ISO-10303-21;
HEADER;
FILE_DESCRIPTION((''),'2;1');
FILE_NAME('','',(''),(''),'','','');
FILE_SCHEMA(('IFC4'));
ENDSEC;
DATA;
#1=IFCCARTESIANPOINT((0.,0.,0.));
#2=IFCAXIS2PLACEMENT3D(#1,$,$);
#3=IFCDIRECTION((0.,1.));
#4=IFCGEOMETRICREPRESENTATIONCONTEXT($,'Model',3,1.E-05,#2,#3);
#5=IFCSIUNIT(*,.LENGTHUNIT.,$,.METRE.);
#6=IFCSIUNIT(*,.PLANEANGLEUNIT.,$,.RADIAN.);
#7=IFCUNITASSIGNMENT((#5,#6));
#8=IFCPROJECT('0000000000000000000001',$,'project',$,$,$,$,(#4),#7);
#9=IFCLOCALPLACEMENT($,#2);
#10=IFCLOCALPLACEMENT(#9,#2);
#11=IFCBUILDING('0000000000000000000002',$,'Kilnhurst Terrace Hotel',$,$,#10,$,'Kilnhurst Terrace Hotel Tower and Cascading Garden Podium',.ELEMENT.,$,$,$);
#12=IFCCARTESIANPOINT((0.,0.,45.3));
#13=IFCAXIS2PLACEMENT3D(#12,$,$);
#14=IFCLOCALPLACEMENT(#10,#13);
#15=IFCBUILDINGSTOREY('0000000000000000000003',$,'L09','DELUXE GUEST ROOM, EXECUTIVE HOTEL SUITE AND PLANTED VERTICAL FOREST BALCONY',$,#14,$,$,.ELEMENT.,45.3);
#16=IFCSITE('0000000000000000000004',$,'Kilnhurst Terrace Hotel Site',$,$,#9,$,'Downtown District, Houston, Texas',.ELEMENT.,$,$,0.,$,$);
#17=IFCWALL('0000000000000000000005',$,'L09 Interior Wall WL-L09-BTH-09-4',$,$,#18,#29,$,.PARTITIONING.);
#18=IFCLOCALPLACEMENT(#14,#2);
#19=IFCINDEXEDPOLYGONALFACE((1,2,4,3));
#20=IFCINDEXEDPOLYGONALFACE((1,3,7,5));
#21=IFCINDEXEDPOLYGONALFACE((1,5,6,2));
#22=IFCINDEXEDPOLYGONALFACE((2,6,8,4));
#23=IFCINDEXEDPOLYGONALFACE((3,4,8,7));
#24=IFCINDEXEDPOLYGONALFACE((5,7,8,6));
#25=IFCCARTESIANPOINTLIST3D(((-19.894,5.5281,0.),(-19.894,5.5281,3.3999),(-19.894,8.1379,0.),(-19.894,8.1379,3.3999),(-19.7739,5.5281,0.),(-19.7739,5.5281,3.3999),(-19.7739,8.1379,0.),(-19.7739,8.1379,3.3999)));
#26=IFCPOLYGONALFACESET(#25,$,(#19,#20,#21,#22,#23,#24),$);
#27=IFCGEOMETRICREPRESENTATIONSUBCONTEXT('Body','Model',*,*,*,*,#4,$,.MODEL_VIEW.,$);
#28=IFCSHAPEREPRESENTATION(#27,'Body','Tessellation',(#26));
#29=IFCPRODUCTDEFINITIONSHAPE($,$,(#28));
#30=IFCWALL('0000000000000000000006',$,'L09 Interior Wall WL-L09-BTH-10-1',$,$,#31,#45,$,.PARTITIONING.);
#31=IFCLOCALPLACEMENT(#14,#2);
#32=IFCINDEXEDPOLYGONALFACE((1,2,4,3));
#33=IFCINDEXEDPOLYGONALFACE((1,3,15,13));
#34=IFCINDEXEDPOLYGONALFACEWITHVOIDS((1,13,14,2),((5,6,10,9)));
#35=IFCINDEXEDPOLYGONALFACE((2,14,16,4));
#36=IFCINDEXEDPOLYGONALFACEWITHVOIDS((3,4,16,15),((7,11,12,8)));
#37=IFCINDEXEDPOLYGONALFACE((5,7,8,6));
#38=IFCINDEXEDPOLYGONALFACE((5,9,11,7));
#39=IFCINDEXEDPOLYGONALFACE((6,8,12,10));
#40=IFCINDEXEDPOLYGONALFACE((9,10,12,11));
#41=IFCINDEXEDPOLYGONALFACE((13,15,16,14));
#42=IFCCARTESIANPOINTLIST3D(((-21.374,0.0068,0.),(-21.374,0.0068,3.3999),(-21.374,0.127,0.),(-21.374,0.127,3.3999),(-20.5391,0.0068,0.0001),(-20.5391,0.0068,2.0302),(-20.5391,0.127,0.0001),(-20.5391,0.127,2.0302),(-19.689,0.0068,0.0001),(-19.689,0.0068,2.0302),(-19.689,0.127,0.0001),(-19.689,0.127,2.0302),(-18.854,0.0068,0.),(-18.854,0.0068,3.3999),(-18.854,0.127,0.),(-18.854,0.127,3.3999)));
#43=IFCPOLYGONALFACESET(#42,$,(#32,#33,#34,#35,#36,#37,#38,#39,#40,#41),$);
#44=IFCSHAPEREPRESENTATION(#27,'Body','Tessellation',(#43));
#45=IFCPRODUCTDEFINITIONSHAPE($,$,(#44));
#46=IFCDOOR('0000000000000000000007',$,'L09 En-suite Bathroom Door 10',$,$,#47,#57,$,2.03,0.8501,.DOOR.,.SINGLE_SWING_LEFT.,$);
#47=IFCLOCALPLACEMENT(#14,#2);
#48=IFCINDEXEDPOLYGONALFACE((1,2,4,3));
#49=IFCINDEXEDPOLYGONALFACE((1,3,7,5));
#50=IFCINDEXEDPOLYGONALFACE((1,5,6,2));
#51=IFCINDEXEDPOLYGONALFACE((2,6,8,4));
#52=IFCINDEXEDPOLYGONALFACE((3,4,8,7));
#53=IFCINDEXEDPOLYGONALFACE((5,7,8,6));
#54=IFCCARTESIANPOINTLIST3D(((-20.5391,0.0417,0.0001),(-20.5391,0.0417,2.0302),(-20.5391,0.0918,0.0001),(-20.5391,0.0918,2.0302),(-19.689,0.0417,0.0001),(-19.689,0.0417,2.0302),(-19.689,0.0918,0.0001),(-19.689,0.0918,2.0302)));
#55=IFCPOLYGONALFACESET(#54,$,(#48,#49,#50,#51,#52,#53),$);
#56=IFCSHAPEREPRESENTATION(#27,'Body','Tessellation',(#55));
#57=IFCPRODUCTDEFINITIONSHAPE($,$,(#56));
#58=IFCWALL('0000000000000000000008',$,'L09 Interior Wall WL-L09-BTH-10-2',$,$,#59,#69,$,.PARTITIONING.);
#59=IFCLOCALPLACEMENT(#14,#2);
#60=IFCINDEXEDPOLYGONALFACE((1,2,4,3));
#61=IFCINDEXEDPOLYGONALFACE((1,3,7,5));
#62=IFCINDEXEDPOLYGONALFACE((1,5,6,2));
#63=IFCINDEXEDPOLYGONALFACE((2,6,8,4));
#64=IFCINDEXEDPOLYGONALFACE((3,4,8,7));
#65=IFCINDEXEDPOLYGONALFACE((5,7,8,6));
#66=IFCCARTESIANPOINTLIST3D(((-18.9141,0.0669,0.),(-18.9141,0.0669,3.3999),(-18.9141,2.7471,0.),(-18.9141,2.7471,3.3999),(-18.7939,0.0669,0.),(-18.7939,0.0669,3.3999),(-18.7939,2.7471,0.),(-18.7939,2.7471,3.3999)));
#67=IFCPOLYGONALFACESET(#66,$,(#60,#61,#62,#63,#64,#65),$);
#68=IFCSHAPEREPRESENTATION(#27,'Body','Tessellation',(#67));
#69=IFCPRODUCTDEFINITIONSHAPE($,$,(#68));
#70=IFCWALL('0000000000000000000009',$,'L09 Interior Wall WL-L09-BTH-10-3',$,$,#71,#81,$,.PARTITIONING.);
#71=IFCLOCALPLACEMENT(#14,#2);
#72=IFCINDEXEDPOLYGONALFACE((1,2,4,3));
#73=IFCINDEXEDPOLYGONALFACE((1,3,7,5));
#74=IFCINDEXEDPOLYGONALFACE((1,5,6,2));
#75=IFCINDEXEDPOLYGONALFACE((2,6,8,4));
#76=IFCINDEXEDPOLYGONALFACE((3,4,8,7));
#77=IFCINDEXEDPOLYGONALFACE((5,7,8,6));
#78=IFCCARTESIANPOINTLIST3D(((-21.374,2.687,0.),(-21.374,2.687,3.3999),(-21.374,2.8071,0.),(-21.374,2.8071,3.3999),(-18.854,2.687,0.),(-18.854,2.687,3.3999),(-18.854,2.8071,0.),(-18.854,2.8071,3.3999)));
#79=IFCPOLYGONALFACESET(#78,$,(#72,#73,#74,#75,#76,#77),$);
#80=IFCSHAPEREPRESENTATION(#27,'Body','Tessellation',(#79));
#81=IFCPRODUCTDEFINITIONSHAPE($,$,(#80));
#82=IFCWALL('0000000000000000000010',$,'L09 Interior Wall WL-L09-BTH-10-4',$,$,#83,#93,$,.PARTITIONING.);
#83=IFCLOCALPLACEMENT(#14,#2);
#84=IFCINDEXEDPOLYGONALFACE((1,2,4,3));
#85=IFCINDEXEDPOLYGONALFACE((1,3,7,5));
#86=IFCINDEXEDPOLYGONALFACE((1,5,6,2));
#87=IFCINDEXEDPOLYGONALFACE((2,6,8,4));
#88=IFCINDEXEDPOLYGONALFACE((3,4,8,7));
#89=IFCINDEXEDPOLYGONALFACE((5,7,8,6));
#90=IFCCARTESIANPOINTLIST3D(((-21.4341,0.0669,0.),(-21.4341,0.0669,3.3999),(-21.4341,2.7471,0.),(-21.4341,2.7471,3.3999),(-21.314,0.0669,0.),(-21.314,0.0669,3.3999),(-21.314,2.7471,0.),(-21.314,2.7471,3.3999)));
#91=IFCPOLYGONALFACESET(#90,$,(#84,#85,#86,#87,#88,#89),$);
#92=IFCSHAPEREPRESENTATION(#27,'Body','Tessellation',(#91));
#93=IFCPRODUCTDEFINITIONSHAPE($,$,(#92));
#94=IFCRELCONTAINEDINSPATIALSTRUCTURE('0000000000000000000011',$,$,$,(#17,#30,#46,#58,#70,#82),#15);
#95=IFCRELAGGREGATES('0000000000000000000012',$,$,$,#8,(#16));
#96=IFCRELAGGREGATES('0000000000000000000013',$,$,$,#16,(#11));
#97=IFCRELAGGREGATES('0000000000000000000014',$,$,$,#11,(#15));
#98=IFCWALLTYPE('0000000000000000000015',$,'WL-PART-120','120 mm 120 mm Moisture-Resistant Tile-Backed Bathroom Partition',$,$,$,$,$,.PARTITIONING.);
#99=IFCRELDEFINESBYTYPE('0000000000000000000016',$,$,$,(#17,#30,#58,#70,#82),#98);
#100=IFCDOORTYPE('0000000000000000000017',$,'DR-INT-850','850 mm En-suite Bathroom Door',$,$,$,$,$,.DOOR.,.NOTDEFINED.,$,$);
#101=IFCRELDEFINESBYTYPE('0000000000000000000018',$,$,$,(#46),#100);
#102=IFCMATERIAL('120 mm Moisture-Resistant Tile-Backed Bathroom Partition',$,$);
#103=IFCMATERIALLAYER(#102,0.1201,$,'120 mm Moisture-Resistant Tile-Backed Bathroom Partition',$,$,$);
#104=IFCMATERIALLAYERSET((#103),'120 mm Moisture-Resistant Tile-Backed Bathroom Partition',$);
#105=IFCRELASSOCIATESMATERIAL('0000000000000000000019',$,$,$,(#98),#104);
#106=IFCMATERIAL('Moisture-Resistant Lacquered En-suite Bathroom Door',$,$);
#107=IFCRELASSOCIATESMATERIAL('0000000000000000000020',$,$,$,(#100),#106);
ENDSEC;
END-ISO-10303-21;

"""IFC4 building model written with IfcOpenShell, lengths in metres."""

from ifc_helpers import new_model, si_unit, direction, frame, frame_2d, origin, place, context, subcontext, project, spatial, rectangle, extrude, material, layer, layer_set, type_object, element, fill, save


model = new_model("IFC4")

# Units and contexts
model_context = context("Model", 3, precision=1e-05, world=origin(), true_north=direction((0.0, 1.0)))
body_context = subcontext(model_context, "Body", "Model", "MODEL_VIEW")
ifc_project = project(units=[si_unit("LENGTHUNIT", "METRE"), si_unit("PLANEANGLEUNIT", "RADIAN")], contexts=[model_context])

# Site, building, storey
site_placement = place(None, origin())
site = spatial("IfcSite", under=ifc_project, at=site_placement, Name="Kilnhurst Terrace Hotel Site", LongName="Downtown District, Houston, Texas", CompositionType="ELEMENT", RefElevation=0.0)
building_placement = place(site_placement, origin())
building = spatial("IfcBuilding", under=site, at=building_placement, Name="Kilnhurst Terrace Hotel", LongName="Kilnhurst Terrace Hotel Tower and Cascading Garden Podium", CompositionType="ELEMENT")
storey_placement = place(building_placement, frame((0.0, 0.0, 45.3)))
storey = spatial("IfcBuildingStorey", under=building, at=storey_placement, Name="L09", Description="DELUXE GUEST ROOM, EXECUTIVE HOTEL SUITE AND PLANTED VERTICAL FOREST BALCONY", CompositionType="ELEMENT", Elevation=45.3)

# Shared definitions
ifc_material_1 = material(Name="120 mm Moisture-Resistant Tile-Backed Bathroom Partition")
ifc_layer_1 = layer(ifc_material_1, 0.1201, Name="120 mm Moisture-Resistant Tile-Backed Bathroom Partition")
ifc_layer_set_1 = layer_set([ifc_layer_1], Name="120 mm Moisture-Resistant Tile-Backed Bathroom Partition")
wall_type_1 = type_object("IfcWallType", Name="WL-PART-120", Description="120 mm 120 mm Moisture-Resistant Tile-Backed Bathroom Partition", PredefinedType="PARTITIONING", material=ifc_layer_set_1)
ifc_material_2 = material(Name="Moisture-Resistant Lacquered En-suite Bathroom Door")
door_type = type_object("IfcDoorType", Name="DR-INT-850", Description="850 mm En-suite Bathroom Door", OperationType="NOTDEFINED", PredefinedType="DOOR", material=ifc_material_2)

# Wall
wall_1_placement = place(storey_placement, frame((-19.834, 8.1379, 0.0), z_axis=(0.0, 0.0, 1.0), x_axis=(0.0, -1.0, 0.0)))
element("IfcWall", 1, at=wall_1_placement, inside=storey, type_object=wall_type_1, Name="L09 Interior Wall WL-L09-BTH-09-4", PredefinedType="PARTITIONING", context=body_context, shape_type="SweptSolid", body=[
    extrude(rectangle(XDim=2.6099, YDim=0.1201, at=frame_2d((1.3049, 0.0))), origin(), (0.0, 0.0, 1.0), 3.3999),
])

# Wall, opening, door
wall_2_placement = place(storey_placement, frame((-21.374, 0.0669, 0.0), z_axis=(0.0, 0.0, 1.0), x_axis=(1.0, 0.0, 0.0)))
wall_2 = element("IfcWall", 2, at=wall_2_placement, inside=storey, type_object=wall_type_1, Name="L09 Interior Wall WL-L09-BTH-10-1", PredefinedType="PARTITIONING", context=body_context, shape_type="SweptSolid", body=[
    extrude(rectangle(XDim=2.52, YDim=0.1201, at=frame_2d((1.26, 0.0))), origin(), (0.0, 0.0, 1.0), 3.3999),
])
opening_1_placement = place(wall_2_placement, frame((0.835, 0.0, 0.0)))
opening_1 = element("IfcOpeningElement", 3, at=opening_1_placement, cuts=wall_2, PredefinedType="OPENING", context=body_context, shape_type="SweptSolid", body=[
    extrude(rectangle(XDim=0.8501, YDim=2.03, at=frame_2d((0.425, 1.0151))), frame((0.0, 0.0701, 0.0), z_axis=(0.0, -1.0, 0.0), x_axis=(1.0, 0.0, 0.0)), (0.0, 0.0, 1.0), 0.1401),
])
door_1_placement = place(opening_1_placement, origin())
door_1 = element("IfcDoor", 4, at=door_1_placement, inside=storey, type_object=door_type, Name="L09 En-suite Bathroom Door 10", OperationType="SINGLE_SWING_LEFT", OverallHeight=2.03, OverallWidth=0.8501, PredefinedType="DOOR", context=body_context, shape_type="SweptSolid", body=[
    extrude(rectangle(XDim=0.8501, YDim=2.03, at=frame_2d((0.425, 1.0151))), frame((0.0, 0.0249, 0.0), z_axis=(0.0, -1.0, 0.0), x_axis=(1.0, 0.0, 0.0)), (0.0, 0.0, 1.0), 0.05),
])
fill(opening_1, door_1)

# Walls
wall_3_placement = place(storey_placement, frame((-18.854, 0.0669, 0.0), z_axis=(0.0, 0.0, 1.0), x_axis=(0.0, 1.0, 0.0)))
element("IfcWall", 5, at=wall_3_placement, inside=storey, type_object=wall_type_1, Name="L09 Interior Wall WL-L09-BTH-10-2", PredefinedType="PARTITIONING", context=body_context, shape_type="SweptSolid", body=[
    extrude(rectangle(XDim=2.6802, YDim=0.1201, at=frame_2d((1.3401, 0.0))), origin(), (0.0, 0.0, 1.0), 3.3999),
])
wall_4_placement = place(storey_placement, frame((-18.854, 2.7471, 0.0), z_axis=(0.0, 0.0, 1.0), x_axis=(-1.0, 0.0, 0.0)))
element("IfcWall", 6, at=wall_4_placement, inside=storey, type_object=wall_type_1, Name="L09 Interior Wall WL-L09-BTH-10-3", PredefinedType="PARTITIONING", context=body_context, shape_type="SweptSolid", body=[
    extrude(rectangle(XDim=2.52, YDim=0.1201, at=frame_2d((1.26, 0.0))), origin(), (0.0, 0.0, 1.0), 3.3999),
])
wall_5_placement = place(storey_placement, frame((-21.374, 2.7471, 0.0), z_axis=(0.0, 0.0, 1.0), x_axis=(0.0, -1.0, 0.0)))
element("IfcWall", 7, at=wall_5_placement, inside=storey, type_object=wall_type_1, Name="L09 Interior Wall WL-L09-BTH-10-4", PredefinedType="PARTITIONING", context=body_context, shape_type="SweptSolid", body=[
    extrude(rectangle(XDim=2.6802, YDim=0.1201, at=frame_2d((1.3401, 0.0))), origin(), (0.0, 0.0, 1.0), 3.3999),
])

save(model, "model.ifc")
